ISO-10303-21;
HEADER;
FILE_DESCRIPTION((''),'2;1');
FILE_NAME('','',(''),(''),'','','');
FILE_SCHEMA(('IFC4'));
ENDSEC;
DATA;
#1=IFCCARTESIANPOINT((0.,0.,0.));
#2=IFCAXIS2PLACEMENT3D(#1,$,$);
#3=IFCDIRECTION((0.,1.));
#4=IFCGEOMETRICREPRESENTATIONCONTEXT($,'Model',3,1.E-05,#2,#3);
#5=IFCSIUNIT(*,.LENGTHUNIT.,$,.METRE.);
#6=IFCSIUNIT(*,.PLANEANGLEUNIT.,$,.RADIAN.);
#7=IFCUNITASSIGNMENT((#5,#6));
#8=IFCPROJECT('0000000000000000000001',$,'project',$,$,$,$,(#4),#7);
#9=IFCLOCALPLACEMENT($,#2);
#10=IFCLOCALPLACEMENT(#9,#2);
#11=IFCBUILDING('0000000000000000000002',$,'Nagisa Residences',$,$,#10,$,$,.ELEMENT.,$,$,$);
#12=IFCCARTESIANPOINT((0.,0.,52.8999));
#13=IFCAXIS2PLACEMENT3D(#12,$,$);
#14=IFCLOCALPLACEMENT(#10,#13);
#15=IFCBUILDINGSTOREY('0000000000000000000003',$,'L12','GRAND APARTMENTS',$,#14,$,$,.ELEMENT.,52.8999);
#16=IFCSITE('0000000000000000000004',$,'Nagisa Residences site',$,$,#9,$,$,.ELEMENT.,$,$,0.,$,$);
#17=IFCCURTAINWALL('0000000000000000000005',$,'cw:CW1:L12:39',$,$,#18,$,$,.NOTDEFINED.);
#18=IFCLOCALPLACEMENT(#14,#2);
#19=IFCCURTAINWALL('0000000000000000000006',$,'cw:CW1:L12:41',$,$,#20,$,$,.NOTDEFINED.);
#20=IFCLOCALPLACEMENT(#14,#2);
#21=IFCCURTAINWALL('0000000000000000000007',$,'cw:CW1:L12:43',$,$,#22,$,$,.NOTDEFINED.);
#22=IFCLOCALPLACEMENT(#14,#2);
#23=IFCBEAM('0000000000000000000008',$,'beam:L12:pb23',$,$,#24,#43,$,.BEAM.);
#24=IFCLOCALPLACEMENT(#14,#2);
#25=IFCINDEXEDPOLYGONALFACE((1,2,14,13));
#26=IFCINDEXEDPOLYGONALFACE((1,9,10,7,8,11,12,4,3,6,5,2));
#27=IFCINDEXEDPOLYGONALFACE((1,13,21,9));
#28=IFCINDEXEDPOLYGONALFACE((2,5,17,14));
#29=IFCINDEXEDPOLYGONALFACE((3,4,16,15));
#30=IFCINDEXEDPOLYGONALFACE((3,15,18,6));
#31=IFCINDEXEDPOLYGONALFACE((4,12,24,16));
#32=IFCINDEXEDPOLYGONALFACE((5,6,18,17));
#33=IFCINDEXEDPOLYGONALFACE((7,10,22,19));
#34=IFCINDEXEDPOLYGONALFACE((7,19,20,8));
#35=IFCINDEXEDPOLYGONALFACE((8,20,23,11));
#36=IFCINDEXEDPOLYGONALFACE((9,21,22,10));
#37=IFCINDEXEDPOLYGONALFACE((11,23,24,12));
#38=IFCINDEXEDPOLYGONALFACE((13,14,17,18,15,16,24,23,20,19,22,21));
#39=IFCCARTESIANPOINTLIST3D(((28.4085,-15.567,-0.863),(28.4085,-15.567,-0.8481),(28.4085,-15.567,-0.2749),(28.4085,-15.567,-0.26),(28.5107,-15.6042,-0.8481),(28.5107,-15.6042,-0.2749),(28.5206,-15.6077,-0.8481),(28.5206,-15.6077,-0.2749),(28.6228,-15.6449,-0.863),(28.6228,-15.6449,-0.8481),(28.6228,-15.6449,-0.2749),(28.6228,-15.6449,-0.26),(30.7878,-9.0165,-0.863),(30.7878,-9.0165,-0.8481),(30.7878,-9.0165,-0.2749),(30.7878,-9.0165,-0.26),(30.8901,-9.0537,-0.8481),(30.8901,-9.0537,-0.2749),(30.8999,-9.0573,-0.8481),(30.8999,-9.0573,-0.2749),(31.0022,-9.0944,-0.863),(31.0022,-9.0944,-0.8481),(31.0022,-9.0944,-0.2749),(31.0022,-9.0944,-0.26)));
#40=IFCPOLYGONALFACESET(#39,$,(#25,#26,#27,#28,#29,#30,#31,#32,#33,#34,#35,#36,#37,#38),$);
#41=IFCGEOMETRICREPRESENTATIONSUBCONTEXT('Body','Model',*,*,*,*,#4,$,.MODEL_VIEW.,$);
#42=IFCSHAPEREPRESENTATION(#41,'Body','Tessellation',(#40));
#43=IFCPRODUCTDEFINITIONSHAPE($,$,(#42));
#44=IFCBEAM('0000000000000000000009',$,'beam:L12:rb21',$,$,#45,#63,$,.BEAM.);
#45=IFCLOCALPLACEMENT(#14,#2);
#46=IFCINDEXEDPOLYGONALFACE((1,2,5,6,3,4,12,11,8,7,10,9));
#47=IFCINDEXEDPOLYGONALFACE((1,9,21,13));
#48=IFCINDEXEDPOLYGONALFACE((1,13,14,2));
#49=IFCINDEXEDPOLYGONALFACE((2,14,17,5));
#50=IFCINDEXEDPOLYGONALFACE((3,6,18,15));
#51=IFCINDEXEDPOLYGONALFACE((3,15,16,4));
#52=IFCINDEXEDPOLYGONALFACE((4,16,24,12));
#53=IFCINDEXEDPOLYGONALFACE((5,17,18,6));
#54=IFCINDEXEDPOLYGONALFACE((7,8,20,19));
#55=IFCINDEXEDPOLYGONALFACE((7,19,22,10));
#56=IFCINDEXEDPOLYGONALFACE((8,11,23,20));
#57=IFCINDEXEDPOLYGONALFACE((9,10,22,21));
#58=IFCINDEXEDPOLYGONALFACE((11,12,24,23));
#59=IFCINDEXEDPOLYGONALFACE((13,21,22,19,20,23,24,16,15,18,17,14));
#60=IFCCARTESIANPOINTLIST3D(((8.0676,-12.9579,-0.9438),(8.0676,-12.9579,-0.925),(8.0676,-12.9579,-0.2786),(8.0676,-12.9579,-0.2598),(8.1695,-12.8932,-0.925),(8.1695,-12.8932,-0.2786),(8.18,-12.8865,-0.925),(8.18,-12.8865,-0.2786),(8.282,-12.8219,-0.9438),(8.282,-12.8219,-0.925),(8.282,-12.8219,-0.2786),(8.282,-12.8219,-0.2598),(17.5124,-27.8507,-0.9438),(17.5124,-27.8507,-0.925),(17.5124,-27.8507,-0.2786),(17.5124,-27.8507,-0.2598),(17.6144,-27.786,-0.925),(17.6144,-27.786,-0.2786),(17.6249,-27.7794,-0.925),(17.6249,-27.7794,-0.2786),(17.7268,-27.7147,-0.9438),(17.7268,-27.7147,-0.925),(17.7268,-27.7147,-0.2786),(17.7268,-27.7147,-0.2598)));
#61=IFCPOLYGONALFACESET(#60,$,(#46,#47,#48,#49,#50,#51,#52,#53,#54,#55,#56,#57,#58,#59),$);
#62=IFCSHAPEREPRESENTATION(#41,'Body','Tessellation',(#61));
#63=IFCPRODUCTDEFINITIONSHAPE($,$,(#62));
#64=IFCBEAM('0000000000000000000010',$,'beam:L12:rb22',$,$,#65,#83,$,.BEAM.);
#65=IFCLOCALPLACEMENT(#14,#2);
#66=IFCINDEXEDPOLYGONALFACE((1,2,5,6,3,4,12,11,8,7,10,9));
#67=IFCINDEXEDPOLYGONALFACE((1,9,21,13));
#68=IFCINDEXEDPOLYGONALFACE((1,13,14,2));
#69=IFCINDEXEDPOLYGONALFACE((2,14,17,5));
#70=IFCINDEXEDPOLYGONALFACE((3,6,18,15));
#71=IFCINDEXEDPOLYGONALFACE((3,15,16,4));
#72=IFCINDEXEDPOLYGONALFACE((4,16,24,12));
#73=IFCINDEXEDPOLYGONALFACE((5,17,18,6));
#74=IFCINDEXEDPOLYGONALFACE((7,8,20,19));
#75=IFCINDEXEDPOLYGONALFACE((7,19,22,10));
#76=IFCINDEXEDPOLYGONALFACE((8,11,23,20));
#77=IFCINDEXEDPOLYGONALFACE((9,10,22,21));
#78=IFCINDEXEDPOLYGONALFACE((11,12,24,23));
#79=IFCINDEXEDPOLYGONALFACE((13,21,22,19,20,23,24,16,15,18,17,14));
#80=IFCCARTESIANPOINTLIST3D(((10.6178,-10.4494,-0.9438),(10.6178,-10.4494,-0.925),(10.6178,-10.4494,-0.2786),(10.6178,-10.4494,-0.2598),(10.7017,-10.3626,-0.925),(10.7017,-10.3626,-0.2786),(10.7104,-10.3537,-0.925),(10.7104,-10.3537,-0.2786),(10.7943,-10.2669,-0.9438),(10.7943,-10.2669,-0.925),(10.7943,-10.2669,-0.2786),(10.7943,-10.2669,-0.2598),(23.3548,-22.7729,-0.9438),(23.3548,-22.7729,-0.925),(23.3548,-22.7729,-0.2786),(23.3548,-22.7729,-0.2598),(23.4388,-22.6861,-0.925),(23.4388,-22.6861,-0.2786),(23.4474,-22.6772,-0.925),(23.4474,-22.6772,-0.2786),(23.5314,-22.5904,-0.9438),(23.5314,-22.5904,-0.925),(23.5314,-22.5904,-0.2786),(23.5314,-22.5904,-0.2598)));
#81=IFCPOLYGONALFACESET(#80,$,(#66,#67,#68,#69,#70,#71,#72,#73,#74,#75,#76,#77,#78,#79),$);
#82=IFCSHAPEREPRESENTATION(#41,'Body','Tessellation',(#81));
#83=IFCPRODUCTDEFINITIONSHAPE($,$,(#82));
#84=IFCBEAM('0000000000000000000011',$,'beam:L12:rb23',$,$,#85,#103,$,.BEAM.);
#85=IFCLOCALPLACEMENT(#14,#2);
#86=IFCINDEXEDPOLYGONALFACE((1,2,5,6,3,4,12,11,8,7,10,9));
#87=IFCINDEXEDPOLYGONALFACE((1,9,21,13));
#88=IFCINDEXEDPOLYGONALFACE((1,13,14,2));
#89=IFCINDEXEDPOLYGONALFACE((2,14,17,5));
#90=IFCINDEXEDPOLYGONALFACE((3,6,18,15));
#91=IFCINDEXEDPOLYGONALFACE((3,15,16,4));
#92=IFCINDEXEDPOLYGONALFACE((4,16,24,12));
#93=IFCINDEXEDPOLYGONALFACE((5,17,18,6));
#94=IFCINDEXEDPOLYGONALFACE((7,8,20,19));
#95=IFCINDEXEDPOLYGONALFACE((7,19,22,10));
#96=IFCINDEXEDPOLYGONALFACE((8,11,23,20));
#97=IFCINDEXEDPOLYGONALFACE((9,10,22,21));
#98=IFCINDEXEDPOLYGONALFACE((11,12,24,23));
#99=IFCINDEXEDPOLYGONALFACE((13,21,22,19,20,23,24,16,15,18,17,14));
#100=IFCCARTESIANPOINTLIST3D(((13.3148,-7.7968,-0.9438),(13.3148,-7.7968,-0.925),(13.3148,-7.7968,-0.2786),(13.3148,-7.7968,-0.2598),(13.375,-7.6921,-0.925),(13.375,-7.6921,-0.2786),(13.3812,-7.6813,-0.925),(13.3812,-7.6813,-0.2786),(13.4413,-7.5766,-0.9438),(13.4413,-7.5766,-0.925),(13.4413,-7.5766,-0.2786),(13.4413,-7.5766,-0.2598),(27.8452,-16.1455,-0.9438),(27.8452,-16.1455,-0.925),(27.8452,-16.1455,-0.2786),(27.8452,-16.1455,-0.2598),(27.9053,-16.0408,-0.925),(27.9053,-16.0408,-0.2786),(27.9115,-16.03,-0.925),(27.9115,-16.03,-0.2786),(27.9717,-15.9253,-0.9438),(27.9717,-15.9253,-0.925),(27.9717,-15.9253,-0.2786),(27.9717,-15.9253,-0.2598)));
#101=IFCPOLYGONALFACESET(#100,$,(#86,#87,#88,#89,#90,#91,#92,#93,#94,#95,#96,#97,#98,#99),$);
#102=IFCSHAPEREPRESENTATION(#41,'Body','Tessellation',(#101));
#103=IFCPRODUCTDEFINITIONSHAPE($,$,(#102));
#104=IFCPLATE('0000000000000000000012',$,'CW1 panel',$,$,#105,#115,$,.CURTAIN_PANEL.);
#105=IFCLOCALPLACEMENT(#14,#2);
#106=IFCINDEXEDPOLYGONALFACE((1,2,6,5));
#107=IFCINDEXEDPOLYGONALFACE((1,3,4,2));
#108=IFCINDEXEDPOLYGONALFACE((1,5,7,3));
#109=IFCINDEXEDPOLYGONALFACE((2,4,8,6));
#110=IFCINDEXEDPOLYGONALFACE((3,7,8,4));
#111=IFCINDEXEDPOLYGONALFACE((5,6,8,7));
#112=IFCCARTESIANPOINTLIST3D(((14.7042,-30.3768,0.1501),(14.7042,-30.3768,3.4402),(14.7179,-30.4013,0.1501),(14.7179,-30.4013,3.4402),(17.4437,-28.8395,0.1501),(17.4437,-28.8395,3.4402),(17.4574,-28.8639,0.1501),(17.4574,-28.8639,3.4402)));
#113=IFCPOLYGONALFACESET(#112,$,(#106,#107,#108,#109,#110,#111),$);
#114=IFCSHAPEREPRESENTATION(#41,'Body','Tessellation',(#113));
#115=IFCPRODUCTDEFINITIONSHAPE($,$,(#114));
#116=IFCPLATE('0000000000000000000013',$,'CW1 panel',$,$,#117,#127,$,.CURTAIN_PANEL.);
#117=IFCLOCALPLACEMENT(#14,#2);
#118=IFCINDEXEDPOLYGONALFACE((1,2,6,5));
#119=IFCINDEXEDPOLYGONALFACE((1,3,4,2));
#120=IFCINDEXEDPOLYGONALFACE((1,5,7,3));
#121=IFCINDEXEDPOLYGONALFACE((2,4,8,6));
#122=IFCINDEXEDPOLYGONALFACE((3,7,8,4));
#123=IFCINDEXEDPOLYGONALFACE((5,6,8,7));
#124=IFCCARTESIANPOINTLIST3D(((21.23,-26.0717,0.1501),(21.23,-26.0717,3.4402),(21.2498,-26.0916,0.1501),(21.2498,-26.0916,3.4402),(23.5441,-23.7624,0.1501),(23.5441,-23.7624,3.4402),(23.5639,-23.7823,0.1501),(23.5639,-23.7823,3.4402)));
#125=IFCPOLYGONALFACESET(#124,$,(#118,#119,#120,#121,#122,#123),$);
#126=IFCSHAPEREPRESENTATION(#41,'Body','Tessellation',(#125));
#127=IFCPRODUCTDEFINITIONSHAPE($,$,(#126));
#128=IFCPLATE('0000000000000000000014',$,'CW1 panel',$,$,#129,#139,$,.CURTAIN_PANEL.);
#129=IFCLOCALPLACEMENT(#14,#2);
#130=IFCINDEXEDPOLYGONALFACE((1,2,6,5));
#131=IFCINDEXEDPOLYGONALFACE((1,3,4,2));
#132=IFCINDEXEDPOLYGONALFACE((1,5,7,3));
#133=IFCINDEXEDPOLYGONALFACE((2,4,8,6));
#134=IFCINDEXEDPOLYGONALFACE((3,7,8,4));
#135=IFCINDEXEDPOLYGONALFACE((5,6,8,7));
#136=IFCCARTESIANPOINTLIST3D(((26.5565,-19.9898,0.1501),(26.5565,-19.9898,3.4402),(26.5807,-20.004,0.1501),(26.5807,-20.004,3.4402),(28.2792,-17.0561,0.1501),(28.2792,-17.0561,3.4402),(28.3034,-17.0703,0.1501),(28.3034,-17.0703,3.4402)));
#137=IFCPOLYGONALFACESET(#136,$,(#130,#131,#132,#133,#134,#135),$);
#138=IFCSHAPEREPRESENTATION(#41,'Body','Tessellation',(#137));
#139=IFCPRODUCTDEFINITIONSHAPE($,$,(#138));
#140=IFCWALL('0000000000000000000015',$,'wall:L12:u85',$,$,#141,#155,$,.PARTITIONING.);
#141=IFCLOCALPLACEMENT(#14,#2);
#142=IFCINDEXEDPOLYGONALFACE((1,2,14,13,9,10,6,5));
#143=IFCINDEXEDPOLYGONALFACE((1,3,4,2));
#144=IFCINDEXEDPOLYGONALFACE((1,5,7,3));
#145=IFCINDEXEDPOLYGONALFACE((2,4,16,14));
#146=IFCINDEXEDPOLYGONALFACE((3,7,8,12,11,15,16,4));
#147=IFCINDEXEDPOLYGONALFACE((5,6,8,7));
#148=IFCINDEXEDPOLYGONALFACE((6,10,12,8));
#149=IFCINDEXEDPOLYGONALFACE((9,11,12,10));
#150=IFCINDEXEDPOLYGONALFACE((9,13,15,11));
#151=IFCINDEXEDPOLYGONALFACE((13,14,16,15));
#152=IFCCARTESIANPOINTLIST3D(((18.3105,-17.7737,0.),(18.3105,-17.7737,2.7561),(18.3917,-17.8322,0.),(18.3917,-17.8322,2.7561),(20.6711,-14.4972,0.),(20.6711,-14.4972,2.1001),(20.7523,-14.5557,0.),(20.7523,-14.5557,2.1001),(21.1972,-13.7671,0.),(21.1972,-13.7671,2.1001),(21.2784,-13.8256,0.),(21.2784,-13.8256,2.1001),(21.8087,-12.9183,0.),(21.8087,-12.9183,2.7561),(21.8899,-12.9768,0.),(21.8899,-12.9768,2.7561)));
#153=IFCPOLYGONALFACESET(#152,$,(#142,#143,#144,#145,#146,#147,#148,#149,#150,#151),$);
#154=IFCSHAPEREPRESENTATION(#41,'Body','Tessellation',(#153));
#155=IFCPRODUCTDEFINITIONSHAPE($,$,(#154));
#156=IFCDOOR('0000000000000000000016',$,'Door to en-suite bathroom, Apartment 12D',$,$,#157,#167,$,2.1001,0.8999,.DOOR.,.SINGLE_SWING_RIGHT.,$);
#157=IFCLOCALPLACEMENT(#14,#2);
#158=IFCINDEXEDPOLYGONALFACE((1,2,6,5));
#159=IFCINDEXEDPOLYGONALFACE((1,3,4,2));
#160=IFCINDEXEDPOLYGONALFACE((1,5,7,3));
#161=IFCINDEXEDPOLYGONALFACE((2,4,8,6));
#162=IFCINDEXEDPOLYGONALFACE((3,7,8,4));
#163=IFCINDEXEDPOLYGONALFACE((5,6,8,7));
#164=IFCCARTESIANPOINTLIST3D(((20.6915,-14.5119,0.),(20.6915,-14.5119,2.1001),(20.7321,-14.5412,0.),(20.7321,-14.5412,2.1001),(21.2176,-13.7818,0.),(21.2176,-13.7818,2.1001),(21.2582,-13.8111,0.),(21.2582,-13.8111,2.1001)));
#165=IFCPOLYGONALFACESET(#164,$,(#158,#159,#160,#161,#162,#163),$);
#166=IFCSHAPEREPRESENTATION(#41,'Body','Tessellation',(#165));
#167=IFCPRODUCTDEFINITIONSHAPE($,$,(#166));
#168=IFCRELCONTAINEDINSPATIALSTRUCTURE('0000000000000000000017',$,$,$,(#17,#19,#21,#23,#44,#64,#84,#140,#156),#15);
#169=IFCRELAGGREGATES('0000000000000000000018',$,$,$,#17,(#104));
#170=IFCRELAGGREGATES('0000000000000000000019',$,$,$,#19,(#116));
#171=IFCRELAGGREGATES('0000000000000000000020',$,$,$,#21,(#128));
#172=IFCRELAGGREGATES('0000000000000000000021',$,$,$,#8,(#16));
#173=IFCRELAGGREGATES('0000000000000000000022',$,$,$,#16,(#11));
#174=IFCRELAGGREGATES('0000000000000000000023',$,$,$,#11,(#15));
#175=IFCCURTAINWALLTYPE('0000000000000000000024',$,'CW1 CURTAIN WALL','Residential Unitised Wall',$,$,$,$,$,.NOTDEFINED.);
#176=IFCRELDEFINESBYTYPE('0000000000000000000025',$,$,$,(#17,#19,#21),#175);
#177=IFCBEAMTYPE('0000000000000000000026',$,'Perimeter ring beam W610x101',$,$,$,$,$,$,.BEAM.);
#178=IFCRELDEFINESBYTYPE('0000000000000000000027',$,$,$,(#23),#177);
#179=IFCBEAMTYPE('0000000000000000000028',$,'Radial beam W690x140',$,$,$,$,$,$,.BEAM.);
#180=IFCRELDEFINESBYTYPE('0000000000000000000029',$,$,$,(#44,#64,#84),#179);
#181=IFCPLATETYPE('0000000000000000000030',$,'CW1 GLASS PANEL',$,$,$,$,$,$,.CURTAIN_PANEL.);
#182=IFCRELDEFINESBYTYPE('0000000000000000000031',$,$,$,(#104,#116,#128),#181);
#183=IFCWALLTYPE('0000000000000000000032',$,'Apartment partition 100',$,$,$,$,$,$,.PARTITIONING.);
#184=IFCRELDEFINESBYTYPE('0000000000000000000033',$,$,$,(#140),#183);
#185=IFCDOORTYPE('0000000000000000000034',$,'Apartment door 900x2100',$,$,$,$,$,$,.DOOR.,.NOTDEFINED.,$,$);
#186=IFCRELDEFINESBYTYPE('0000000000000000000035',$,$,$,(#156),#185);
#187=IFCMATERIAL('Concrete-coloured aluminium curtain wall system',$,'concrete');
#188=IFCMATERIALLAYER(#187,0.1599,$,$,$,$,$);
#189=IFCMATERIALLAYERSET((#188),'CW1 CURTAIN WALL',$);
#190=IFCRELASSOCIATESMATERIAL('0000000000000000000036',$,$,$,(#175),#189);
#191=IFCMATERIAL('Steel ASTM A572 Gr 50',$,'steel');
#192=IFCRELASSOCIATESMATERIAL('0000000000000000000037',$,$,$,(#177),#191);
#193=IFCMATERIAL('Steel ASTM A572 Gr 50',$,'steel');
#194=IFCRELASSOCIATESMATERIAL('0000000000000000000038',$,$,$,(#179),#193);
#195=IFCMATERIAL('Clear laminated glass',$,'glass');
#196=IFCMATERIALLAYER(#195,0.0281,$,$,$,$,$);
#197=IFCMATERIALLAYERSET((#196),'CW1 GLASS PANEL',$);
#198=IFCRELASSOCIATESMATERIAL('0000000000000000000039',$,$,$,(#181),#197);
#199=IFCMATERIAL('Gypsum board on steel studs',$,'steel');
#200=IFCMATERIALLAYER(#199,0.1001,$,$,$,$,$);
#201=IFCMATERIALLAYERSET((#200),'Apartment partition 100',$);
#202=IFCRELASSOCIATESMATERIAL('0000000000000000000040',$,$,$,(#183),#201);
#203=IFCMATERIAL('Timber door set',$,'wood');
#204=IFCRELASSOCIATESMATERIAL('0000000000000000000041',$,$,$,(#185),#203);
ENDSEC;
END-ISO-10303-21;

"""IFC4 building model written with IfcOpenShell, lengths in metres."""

from ifc_helpers import new_model, si_unit, direction, frame, frame_2d, origin, origin_2d, place, context, subcontext, project, spatial, rectangle, i_section, extrude, material, layer, layer_set, material_profile, profile_set, type_object, element, fill, aggregate, save


model = new_model("IFC4")

# Units and contexts
model_context = context("Model", 3, precision=1e-05, world=origin(), true_north=direction((0.0, 1.0)))
body_context = subcontext(model_context, "Body", "Model", "MODEL_VIEW")
ifc_project = project(units=[si_unit("LENGTHUNIT", "METRE"), si_unit("PLANEANGLEUNIT", "RADIAN")], contexts=[model_context])

# Site, building, storey
site_placement = place(None, origin())
site = spatial("IfcSite", under=ifc_project, at=site_placement, Name="Nagisa Residences site", CompositionType="ELEMENT", RefElevation=0.0)
building_placement = place(site_placement, origin())
building = spatial("IfcBuilding", under=site, at=building_placement, Name="Nagisa Residences", CompositionType="ELEMENT")
storey_placement = place(building_placement, frame((0.0, 0.0, 52.8999)))
storey = spatial("IfcBuildingStorey", under=building, at=storey_placement, Name="L12", Description="GRAND APARTMENTS", CompositionType="ELEMENT", Elevation=52.8999)

# Curtain walls
ifc_material_1 = material(Name="Concrete-coloured aluminium curtain wall system", Category="concrete")
ifc_layer_1 = layer(ifc_material_1, 0.1599)
ifc_layer_set_1 = layer_set([ifc_layer_1], Name="CW1 CURTAIN WALL")
curtain_wall_type = type_object("IfcCurtainWallType", Name="CW1 CURTAIN WALL", Description="Residential Unitised Wall", PredefinedType="NOTDEFINED", material=ifc_layer_set_1)
curtain_wall_1_placement = place(storey_placement, origin())
curtain_wall_1 = element("IfcCurtainWall", 1, at=curtain_wall_1_placement, inside=storey, type_object=curtain_wall_type, Name="cw:CW1:L12:39", PredefinedType="NOTDEFINED")
curtain_wall_2_placement = place(storey_placement, origin())
curtain_wall_2 = element("IfcCurtainWall", 2, at=curtain_wall_2_placement, inside=storey, type_object=curtain_wall_type, Name="cw:CW1:L12:41", PredefinedType="NOTDEFINED")
curtain_wall_3_placement = place(storey_placement, origin())
curtain_wall_3 = element("IfcCurtainWall", 3, at=curtain_wall_3_placement, inside=storey, type_object=curtain_wall_type, Name="cw:CW1:L12:43", PredefinedType="NOTDEFINED")

# Beams
ifc_material_2 = material(Name="Steel ASTM A572 Gr 50", Category="steel")
ifc_material_profile_1 = material_profile(ifc_material_2, i_section(OverallWidth=0.228, OverallDepth=0.603, WebThickness=0.0105, FlangeThickness=0.0149, at=origin_2d()), Name="W610x101")
ifc_profile_set_1 = profile_set([ifc_material_profile_1], Name="Steel ASTM A572 Gr 50")
beam_type_1 = type_object("IfcBeamType", Name="Perimeter ring beam W610x101", PredefinedType="BEAM", material=ifc_profile_set_1)
beam_1_placement = place(storey_placement, frame((28.5156, -15.606, -0.5615), z_axis=(0.341411, 0.939914, 0.0), x_axis=(-0.939914, 0.341411, 0.0)))
element("IfcBeam", 4, at=beam_1_placement, inside=storey, type_object=beam_type_1, Name="beam:L12:pb23", PredefinedType="BEAM", context=body_context, shape_type="SweptSolid", body=[
    extrude(i_section(OverallWidth=0.228, OverallDepth=0.603, WebThickness=0.0105, FlangeThickness=0.0149, at=origin_2d()), origin(), (0.0, 0.0, 1.0), 6.9692),
])
ifc_material_3 = material(Name="Steel ASTM A572 Gr 50", Category="steel")
ifc_material_profile_2 = material_profile(ifc_material_3, i_section(OverallWidth=0.2539, OverallDepth=0.6841, WebThickness=0.0125, FlangeThickness=0.0188, at=origin_2d()), Name="W690x140")
ifc_profile_set_2 = profile_set([ifc_material_profile_2], Name="Steel ASTM A572 Gr 50")
beam_type_2 = type_object("IfcBeamType", Name="Radial beam W690x140", PredefinedType="BEAM", material=ifc_profile_set_2)
beam_2_placement = place(storey_placement, frame((17.6196, -27.7827, -0.6018), z_axis=(-0.535566, 0.844493, 0.0), x_axis=(-0.844493, -0.535566, 0.0)))
element("IfcBeam", 5, at=beam_2_placement, inside=storey, type_object=beam_type_2, Name="beam:L12:rb21", PredefinedType="BEAM", context=body_context, shape_type="SweptSolid", body=[
    extrude(i_section(OverallWidth=0.2539, OverallDepth=0.6841, WebThickness=0.0125, FlangeThickness=0.0188, at=origin_2d()), origin(), (0.0, 0.0, 1.0), 17.6353),
])
beam_3_placement = place(storey_placement, frame((23.4431, -22.6816, -0.6018), z_axis=(-0.718678, 0.695343, 0.0), x_axis=(-0.695343, -0.718678, 0.0)))
element("IfcBeam", 6, at=beam_3_placement, inside=storey, type_object=beam_type_2, Name="beam:L12:rb22", PredefinedType="BEAM", context=body_context, shape_type="SweptSolid", body=[
    extrude(i_section(OverallWidth=0.2539, OverallDepth=0.6841, WebThickness=0.0125, FlangeThickness=0.0188, at=origin_2d()), origin(), (0.0, 0.0, 1.0), 17.7229),
])
beam_4_placement = place(storey_placement, frame((27.9084, -16.0354, -0.6018), z_axis=(-0.867068, 0.49819, 0.0), x_axis=(-0.49819, -0.867068, 0.0)))
element("IfcBeam", 7, at=beam_4_placement, inside=storey, type_object=beam_type_2, Name="beam:L12:rb23", PredefinedType="BEAM", context=body_context, shape_type="SweptSolid", body=[
    extrude(i_section(OverallWidth=0.2539, OverallDepth=0.6841, WebThickness=0.0125, FlangeThickness=0.0188, at=origin_2d()), origin(), (0.0, 0.0, 1.0), 16.7581),
])

# Plates
ifc_material_4 = material(Name="Clear laminated glass", Category="glass")
ifc_layer_2 = layer(ifc_material_4, 0.0281)
ifc_layer_set_2 = layer_set([ifc_layer_2], Name="CW1 GLASS PANEL")
plate_type = type_object("IfcPlateType", Name="CW1 GLASS PANEL", PredefinedType="CURTAIN_PANEL", material=ifc_layer_set_2)
plate_1_placement = place(storey_placement, frame((16.0808, -29.6204, 0.1501), z_axis=(0.0, 0.0, 1.0), x_axis=(0.872072, 0.489377, 0.0)))
plate_1 = element("IfcPlate", 8, at=plate_1_placement, type_object=plate_type, Name="CW1 panel", PredefinedType="CURTAIN_PANEL", context=body_context, shape_type="SweptSolid", body=[
    extrude(rectangle(XDim=3.1414, YDim=0.0281, at=origin_2d()), origin(), (0.0, 0.0, 1.0), 3.29),
])
aggregate(curtain_wall_1, [plate_1])
plate_2_placement = place(storey_placement, frame((22.397, -24.927, 0.1501), z_axis=(0.0, 0.0, 1.0), x_axis=(0.707836, 0.706377, 0.0)))
plate_2 = element("IfcPlate", 9, at=plate_2_placement, type_object=plate_type, Name="CW1 panel", PredefinedType="CURTAIN_PANEL", context=body_context, shape_type="SweptSolid", body=[
    extrude(rectangle(XDim=3.2693, YDim=0.0281, at=origin_2d()), origin(), (0.0, 0.0, 1.0), 3.29),
])
aggregate(curtain_wall_2, [plate_2])
plate_3_placement = place(storey_placement, frame((27.4299, -18.53, 0.1501), z_axis=(0.0, 0.0, 1.0), x_axis=(0.506349, 0.862329, 0.0)))
plate_3 = element("IfcPlate", 10, at=plate_3_placement, type_object=plate_type, Name="CW1 panel", PredefinedType="CURTAIN_PANEL", context=body_context, shape_type="SweptSolid", body=[
    extrude(rectangle(XDim=3.4021, YDim=0.0281, at=origin_2d()), origin(), (0.0, 0.0, 1.0), 3.29),
])
aggregate(curtain_wall_3, [plate_3])

# Wall, opening, door
ifc_material_5 = material(Name="Gypsum board on steel studs", Category="steel")
ifc_layer_3 = layer(ifc_material_5, 0.1001)
ifc_layer_set_3 = layer_set([ifc_layer_3], Name="Apartment partition 100")
wall_type_1 = type_object("IfcWallType", Name="Apartment partition 100", PredefinedType="PARTITIONING", material=ifc_layer_set_3)
wall_1_placement = place(storey_placement, frame((18.3511, -17.803, 0.0), z_axis=(0.0, 0.0, 1.0), x_axis=(0.584564, 0.811348, 0.0)))
wall_1 = element("IfcWall", 11, at=wall_1_placement, inside=storey, type_object=wall_type_1, Name="wall:L12:u85", PredefinedType="PARTITIONING", context=body_context, shape_type="SweptSolid", body=[
    extrude(rectangle(XDim=5.9844, YDim=0.1001, at=frame_2d((2.9922, 0.0))), origin(), (0.0, 0.0, 1.0), 2.7561),
])
opening_1_placement = place(wall_1_placement, frame((4.0383, 0.0, 0.0)))
opening_1 = element("IfcOpeningElement", 12, at=opening_1_placement, cuts=wall_1, PredefinedType="OPENING", context=body_context, shape_type="SweptSolid", body=[
    extrude(rectangle(XDim=0.8999, YDim=2.1001, at=frame_2d((0.45, 1.05))), frame((0.0, 0.0601, 0.0), z_axis=(0.0, -1.0, 0.0), x_axis=(1.0, 0.0, 0.0)), (0.0, 0.0, 1.0), 0.1201),
])
ifc_material_6 = material(Name="Timber door set", Category="wood")
door_type_1 = type_object("IfcDoorType", Name="Apartment door 900x2100", OperationType="NOTDEFINED", PredefinedType="DOOR", material=ifc_material_6)
door_1_placement = place(opening_1_placement, origin())
door_1 = element("IfcDoor", 13, at=door_1_placement, inside=storey, type_object=door_type_1, Name="Door to en-suite bathroom, Apartment 12D", OperationType="SINGLE_SWING_RIGHT", OverallHeight=2.1001, OverallWidth=0.8999, PredefinedType="DOOR", context=body_context, shape_type="SweptSolid", body=[
    extrude(rectangle(XDim=0.8999, YDim=2.1001, at=frame_2d((0.45, 1.05))), frame((0.0, 0.0249, 0.0), z_axis=(0.0, -1.0, 0.0), x_axis=(1.0, 0.0, 0.0)), (0.0, 0.0, 1.0), 0.05),
])
fill(opening_1, door_1)

save(model, "model.ifc")
